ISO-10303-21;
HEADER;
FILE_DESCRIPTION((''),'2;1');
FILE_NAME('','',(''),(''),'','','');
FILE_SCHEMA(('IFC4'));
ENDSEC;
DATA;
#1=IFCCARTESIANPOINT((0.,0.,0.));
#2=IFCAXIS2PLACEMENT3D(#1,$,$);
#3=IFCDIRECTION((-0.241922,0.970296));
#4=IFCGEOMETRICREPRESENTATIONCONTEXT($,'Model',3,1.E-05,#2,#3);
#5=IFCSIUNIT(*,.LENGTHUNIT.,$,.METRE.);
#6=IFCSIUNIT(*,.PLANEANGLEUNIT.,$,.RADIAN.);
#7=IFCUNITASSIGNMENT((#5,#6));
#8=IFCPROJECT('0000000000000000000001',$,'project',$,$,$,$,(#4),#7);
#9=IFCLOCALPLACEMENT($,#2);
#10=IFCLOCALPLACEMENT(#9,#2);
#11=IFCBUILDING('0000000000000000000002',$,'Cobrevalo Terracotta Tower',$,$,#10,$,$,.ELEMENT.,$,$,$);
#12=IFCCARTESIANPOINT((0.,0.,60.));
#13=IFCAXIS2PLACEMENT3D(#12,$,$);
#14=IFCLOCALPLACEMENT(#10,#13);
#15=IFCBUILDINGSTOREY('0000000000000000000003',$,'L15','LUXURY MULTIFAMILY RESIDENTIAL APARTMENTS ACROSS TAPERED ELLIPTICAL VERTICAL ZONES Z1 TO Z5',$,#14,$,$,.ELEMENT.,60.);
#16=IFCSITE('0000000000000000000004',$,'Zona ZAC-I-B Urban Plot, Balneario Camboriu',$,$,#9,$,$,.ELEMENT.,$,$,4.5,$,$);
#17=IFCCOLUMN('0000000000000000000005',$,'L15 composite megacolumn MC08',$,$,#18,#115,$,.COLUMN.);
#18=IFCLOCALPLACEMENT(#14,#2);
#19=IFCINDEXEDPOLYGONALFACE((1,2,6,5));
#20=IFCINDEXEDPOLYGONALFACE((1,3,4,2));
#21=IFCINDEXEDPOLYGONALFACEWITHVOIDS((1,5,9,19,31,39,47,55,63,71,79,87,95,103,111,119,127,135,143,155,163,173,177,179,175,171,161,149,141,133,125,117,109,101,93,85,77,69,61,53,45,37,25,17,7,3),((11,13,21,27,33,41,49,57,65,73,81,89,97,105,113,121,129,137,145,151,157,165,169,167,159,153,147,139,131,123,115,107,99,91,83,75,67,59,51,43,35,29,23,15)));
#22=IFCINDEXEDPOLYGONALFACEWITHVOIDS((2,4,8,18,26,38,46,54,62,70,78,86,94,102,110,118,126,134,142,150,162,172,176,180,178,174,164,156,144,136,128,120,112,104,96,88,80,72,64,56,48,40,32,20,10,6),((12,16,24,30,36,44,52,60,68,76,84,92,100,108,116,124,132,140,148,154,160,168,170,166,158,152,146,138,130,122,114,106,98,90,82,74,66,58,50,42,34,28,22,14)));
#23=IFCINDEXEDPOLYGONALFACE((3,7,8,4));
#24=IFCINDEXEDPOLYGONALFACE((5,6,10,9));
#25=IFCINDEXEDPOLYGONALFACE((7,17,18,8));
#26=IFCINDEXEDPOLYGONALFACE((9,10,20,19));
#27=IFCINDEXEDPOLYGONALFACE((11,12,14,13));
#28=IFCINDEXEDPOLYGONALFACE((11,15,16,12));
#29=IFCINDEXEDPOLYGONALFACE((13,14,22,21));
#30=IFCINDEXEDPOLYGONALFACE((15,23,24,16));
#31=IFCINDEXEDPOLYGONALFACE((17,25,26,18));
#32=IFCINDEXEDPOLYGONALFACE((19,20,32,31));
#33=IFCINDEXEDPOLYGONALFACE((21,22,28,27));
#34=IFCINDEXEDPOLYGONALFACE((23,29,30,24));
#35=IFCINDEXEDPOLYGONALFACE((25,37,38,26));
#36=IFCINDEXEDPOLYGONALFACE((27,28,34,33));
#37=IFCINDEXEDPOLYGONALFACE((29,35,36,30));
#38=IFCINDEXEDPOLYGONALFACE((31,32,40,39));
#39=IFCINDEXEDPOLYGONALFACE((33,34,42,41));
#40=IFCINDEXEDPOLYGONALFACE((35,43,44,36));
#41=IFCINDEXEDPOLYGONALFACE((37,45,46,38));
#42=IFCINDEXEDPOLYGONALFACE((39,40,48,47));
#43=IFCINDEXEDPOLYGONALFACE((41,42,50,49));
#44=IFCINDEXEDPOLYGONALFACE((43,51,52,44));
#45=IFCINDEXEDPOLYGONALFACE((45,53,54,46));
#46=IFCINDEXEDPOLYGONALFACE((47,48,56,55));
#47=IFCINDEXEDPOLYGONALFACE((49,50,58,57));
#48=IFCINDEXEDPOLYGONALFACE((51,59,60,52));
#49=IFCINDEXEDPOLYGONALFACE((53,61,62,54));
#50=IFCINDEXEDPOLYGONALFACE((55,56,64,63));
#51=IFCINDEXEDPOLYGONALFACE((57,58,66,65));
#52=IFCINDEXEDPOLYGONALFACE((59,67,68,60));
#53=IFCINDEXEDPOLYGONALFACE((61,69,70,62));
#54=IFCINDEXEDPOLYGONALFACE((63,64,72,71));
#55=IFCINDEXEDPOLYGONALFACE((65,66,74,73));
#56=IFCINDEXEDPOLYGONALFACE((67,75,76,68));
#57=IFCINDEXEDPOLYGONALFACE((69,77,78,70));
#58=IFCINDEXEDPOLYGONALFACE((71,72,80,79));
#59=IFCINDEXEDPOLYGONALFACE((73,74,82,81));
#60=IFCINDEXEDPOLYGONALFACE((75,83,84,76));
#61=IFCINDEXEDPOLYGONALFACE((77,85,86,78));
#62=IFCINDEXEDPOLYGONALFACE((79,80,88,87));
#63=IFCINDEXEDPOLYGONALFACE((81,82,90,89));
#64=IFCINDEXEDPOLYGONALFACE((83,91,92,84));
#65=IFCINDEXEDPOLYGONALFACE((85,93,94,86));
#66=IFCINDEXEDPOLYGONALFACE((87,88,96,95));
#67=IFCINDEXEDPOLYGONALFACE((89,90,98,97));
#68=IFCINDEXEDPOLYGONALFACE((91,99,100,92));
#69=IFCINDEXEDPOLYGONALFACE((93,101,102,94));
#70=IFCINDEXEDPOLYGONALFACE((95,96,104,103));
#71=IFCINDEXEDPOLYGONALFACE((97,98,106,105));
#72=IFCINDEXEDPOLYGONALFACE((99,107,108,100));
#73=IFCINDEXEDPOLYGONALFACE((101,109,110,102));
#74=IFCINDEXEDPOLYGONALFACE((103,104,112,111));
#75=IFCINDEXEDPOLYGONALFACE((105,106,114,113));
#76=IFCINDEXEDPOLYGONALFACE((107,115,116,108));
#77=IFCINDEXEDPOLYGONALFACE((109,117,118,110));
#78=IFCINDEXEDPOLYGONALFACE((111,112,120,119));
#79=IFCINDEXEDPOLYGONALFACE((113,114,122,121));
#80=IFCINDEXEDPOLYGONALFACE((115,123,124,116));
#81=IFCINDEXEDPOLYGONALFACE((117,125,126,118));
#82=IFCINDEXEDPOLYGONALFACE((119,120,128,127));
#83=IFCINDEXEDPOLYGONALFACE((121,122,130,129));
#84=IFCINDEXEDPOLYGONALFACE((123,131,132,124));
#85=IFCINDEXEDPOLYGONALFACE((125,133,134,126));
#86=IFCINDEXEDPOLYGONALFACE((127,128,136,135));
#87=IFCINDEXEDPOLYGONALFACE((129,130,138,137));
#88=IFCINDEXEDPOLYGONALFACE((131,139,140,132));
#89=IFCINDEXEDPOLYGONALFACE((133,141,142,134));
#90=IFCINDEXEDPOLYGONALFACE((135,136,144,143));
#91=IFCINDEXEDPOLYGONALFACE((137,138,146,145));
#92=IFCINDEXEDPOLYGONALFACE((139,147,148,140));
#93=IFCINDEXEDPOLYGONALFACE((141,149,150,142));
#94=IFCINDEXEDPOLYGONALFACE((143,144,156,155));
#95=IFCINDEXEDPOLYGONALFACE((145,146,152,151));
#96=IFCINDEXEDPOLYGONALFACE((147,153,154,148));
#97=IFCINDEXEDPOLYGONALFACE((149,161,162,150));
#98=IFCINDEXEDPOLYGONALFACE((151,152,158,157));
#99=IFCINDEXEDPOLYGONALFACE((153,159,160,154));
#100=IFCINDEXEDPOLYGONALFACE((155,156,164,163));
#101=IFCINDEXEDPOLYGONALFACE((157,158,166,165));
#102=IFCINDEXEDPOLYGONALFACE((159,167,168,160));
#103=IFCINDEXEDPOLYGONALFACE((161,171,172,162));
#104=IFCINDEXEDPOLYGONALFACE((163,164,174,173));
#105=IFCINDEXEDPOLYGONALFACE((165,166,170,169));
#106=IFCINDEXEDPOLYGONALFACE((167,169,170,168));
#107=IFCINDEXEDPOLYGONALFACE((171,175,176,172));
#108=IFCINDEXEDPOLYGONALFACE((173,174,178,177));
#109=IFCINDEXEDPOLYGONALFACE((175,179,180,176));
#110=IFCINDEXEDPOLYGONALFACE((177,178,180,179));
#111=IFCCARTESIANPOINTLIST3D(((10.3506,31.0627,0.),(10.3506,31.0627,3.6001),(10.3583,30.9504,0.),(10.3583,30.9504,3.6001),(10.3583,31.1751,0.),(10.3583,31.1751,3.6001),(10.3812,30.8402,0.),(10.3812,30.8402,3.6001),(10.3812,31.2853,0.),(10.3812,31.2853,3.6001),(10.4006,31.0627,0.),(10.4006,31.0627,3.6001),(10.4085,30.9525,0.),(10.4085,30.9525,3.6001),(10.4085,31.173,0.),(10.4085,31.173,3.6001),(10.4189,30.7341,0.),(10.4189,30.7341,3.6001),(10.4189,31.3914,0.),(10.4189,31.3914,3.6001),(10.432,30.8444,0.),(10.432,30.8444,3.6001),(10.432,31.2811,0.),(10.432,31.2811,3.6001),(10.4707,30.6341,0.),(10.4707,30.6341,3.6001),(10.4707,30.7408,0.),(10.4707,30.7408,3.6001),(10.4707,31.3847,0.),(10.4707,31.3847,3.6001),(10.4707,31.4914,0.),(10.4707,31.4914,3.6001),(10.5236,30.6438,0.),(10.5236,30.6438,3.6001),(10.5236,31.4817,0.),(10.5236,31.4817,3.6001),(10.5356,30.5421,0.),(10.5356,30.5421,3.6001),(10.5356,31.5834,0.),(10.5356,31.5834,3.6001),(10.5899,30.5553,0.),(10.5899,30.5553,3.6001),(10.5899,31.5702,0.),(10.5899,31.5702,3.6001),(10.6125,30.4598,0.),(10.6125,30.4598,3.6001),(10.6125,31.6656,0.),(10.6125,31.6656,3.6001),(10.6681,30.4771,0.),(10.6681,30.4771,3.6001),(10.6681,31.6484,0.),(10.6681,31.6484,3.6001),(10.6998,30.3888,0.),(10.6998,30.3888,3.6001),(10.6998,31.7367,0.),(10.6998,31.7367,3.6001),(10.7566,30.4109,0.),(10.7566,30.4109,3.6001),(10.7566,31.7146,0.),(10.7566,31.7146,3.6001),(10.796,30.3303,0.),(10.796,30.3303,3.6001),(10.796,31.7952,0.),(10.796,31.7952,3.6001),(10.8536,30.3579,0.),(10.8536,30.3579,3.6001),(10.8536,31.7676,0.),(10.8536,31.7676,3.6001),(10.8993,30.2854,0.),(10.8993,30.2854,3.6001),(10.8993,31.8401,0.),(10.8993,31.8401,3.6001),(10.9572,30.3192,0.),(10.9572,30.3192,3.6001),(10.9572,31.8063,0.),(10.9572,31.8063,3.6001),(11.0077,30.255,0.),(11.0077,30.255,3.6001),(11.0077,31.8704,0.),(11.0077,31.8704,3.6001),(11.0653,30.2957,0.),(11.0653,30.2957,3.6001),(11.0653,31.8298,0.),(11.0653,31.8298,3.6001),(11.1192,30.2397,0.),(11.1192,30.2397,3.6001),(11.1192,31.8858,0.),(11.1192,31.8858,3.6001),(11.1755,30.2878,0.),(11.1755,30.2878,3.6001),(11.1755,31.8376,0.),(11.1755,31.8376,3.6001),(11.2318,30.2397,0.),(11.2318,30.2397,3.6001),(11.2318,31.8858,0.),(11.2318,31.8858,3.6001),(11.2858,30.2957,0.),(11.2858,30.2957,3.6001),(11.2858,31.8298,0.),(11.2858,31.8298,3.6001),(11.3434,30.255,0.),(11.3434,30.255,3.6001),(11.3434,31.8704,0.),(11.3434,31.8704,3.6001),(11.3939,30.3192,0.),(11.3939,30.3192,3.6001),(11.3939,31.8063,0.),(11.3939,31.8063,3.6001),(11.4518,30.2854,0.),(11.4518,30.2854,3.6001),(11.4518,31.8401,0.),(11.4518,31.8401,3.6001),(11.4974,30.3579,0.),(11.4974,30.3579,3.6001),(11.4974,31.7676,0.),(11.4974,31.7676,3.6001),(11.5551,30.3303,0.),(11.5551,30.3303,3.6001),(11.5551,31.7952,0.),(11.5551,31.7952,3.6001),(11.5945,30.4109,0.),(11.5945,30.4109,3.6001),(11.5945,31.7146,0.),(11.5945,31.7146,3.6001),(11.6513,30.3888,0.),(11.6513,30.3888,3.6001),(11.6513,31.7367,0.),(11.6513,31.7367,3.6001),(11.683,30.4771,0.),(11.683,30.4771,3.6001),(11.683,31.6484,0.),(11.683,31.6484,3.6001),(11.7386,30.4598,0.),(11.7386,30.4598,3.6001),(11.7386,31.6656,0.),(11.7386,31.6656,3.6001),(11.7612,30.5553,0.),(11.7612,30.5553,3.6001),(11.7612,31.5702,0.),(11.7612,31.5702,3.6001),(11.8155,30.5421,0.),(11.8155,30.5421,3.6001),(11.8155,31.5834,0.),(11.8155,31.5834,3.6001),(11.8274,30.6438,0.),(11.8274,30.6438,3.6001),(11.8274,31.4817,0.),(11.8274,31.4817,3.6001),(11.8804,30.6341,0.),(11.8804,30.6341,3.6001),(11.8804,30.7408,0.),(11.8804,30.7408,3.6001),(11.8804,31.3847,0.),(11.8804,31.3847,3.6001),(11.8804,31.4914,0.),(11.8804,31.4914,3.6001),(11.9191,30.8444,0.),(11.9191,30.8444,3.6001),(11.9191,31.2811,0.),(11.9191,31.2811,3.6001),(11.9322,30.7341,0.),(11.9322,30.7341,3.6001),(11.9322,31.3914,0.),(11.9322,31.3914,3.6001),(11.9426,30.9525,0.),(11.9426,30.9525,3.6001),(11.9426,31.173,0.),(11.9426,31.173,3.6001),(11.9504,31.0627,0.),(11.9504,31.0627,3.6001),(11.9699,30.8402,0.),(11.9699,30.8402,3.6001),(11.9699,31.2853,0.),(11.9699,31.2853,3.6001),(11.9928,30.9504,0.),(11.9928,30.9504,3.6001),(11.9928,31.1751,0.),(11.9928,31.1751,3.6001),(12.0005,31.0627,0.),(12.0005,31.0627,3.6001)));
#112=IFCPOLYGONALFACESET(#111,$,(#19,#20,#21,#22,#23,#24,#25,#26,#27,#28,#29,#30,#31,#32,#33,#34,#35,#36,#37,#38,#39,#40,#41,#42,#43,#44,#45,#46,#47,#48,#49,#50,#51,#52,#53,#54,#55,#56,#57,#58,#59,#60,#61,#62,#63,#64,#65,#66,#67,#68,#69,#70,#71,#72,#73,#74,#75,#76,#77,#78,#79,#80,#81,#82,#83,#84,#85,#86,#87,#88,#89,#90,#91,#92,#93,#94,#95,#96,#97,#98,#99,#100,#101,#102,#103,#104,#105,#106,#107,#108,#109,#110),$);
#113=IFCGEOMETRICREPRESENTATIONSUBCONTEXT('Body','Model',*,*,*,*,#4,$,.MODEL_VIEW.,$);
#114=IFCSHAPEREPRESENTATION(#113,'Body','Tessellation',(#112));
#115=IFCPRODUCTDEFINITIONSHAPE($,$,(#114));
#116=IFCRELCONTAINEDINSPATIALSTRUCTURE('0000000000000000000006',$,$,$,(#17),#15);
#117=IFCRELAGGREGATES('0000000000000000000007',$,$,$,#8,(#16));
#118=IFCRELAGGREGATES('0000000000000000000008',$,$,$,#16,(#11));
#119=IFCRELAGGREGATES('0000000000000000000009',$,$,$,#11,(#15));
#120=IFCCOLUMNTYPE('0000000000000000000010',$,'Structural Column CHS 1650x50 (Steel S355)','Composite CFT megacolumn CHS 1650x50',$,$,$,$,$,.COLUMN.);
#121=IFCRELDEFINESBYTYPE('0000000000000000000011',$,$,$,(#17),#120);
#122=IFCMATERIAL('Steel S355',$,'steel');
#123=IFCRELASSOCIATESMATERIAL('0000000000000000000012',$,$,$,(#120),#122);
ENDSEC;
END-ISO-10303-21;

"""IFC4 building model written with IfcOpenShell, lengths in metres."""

from ifc_helpers import new_model, si_unit, direction, frame, origin, origin_2d, place, context, subcontext, project, spatial, hollow_circle, extrude, material, material_profile, profile_set, type_object, element, save


model = new_model("IFC4")

# Units and contexts
model_context = context("Model", 3, precision=1e-05, world=origin(), true_north=direction((-0.241922, 0.970296)))
body_context = subcontext(model_context, "Body", "Model", "MODEL_VIEW")
ifc_project = project(units=[si_unit("LENGTHUNIT", "METRE"), si_unit("PLANEANGLEUNIT", "RADIAN")], contexts=[model_context])

# Site, building, storey
site_placement = place(None, origin())
site = spatial("IfcSite", under=ifc_project, at=site_placement, Name="Zona ZAC-I-B Urban Plot, Balneario Camboriu", CompositionType="ELEMENT", RefElevation=4.5)
building_placement = place(site_placement, origin())
building = spatial("IfcBuilding", under=site, at=building_placement, Name="Cobrevalo Terracotta Tower", CompositionType="ELEMENT")
storey_placement = place(building_placement, frame((0.0, 0.0, 60.0)))
storey = spatial("IfcBuildingStorey", under=building, at=storey_placement, Name="L15", Description="LUXURY MULTIFAMILY RESIDENTIAL APARTMENTS ACROSS TAPERED ELLIPTICAL VERTICAL ZONES Z1 TO Z5", CompositionType="ELEMENT", Elevation=60.0)

# Column
ifc_material_1 = material(Name="Steel S355", Category="steel")
ifc_material_profile_1 = material_profile(ifc_material_1, hollow_circle(Radius=0.825, WallThickness=0.05, at=origin_2d()), Name="CHS 1650x50")
ifc_profile_set_1 = profile_set([ifc_material_profile_1], Name="Steel S355")
column_type = type_object("IfcColumnType", Name="Structural Column CHS 1650x50 (Steel S355)", Description="Composite CFT megacolumn CHS 1650x50", PredefinedType="COLUMN", material=ifc_profile_set_1)
for number, where, z_axis, x_axis, name in (
    (1, (11.1755, 31.0627, 0.0), (0.0, 0.0, 1.0), (1.0, 0.0, 0.0), "L15 composite megacolumn MC08"),
):
    element("IfcColumn", number, at=place(storey_placement, frame(where, z_axis=z_axis, x_axis=x_axis)), inside=storey, type_object=column_type, Name=name, PredefinedType="COLUMN", context=body_context, shape_type="SweptSolid", body=[
        extrude(hollow_circle(Radius=0.825, WallThickness=0.05, at=origin_2d()), origin(), (0.0, 0.0, 1.0), 3.6001),
    ])

save(model, "model.ifc")
